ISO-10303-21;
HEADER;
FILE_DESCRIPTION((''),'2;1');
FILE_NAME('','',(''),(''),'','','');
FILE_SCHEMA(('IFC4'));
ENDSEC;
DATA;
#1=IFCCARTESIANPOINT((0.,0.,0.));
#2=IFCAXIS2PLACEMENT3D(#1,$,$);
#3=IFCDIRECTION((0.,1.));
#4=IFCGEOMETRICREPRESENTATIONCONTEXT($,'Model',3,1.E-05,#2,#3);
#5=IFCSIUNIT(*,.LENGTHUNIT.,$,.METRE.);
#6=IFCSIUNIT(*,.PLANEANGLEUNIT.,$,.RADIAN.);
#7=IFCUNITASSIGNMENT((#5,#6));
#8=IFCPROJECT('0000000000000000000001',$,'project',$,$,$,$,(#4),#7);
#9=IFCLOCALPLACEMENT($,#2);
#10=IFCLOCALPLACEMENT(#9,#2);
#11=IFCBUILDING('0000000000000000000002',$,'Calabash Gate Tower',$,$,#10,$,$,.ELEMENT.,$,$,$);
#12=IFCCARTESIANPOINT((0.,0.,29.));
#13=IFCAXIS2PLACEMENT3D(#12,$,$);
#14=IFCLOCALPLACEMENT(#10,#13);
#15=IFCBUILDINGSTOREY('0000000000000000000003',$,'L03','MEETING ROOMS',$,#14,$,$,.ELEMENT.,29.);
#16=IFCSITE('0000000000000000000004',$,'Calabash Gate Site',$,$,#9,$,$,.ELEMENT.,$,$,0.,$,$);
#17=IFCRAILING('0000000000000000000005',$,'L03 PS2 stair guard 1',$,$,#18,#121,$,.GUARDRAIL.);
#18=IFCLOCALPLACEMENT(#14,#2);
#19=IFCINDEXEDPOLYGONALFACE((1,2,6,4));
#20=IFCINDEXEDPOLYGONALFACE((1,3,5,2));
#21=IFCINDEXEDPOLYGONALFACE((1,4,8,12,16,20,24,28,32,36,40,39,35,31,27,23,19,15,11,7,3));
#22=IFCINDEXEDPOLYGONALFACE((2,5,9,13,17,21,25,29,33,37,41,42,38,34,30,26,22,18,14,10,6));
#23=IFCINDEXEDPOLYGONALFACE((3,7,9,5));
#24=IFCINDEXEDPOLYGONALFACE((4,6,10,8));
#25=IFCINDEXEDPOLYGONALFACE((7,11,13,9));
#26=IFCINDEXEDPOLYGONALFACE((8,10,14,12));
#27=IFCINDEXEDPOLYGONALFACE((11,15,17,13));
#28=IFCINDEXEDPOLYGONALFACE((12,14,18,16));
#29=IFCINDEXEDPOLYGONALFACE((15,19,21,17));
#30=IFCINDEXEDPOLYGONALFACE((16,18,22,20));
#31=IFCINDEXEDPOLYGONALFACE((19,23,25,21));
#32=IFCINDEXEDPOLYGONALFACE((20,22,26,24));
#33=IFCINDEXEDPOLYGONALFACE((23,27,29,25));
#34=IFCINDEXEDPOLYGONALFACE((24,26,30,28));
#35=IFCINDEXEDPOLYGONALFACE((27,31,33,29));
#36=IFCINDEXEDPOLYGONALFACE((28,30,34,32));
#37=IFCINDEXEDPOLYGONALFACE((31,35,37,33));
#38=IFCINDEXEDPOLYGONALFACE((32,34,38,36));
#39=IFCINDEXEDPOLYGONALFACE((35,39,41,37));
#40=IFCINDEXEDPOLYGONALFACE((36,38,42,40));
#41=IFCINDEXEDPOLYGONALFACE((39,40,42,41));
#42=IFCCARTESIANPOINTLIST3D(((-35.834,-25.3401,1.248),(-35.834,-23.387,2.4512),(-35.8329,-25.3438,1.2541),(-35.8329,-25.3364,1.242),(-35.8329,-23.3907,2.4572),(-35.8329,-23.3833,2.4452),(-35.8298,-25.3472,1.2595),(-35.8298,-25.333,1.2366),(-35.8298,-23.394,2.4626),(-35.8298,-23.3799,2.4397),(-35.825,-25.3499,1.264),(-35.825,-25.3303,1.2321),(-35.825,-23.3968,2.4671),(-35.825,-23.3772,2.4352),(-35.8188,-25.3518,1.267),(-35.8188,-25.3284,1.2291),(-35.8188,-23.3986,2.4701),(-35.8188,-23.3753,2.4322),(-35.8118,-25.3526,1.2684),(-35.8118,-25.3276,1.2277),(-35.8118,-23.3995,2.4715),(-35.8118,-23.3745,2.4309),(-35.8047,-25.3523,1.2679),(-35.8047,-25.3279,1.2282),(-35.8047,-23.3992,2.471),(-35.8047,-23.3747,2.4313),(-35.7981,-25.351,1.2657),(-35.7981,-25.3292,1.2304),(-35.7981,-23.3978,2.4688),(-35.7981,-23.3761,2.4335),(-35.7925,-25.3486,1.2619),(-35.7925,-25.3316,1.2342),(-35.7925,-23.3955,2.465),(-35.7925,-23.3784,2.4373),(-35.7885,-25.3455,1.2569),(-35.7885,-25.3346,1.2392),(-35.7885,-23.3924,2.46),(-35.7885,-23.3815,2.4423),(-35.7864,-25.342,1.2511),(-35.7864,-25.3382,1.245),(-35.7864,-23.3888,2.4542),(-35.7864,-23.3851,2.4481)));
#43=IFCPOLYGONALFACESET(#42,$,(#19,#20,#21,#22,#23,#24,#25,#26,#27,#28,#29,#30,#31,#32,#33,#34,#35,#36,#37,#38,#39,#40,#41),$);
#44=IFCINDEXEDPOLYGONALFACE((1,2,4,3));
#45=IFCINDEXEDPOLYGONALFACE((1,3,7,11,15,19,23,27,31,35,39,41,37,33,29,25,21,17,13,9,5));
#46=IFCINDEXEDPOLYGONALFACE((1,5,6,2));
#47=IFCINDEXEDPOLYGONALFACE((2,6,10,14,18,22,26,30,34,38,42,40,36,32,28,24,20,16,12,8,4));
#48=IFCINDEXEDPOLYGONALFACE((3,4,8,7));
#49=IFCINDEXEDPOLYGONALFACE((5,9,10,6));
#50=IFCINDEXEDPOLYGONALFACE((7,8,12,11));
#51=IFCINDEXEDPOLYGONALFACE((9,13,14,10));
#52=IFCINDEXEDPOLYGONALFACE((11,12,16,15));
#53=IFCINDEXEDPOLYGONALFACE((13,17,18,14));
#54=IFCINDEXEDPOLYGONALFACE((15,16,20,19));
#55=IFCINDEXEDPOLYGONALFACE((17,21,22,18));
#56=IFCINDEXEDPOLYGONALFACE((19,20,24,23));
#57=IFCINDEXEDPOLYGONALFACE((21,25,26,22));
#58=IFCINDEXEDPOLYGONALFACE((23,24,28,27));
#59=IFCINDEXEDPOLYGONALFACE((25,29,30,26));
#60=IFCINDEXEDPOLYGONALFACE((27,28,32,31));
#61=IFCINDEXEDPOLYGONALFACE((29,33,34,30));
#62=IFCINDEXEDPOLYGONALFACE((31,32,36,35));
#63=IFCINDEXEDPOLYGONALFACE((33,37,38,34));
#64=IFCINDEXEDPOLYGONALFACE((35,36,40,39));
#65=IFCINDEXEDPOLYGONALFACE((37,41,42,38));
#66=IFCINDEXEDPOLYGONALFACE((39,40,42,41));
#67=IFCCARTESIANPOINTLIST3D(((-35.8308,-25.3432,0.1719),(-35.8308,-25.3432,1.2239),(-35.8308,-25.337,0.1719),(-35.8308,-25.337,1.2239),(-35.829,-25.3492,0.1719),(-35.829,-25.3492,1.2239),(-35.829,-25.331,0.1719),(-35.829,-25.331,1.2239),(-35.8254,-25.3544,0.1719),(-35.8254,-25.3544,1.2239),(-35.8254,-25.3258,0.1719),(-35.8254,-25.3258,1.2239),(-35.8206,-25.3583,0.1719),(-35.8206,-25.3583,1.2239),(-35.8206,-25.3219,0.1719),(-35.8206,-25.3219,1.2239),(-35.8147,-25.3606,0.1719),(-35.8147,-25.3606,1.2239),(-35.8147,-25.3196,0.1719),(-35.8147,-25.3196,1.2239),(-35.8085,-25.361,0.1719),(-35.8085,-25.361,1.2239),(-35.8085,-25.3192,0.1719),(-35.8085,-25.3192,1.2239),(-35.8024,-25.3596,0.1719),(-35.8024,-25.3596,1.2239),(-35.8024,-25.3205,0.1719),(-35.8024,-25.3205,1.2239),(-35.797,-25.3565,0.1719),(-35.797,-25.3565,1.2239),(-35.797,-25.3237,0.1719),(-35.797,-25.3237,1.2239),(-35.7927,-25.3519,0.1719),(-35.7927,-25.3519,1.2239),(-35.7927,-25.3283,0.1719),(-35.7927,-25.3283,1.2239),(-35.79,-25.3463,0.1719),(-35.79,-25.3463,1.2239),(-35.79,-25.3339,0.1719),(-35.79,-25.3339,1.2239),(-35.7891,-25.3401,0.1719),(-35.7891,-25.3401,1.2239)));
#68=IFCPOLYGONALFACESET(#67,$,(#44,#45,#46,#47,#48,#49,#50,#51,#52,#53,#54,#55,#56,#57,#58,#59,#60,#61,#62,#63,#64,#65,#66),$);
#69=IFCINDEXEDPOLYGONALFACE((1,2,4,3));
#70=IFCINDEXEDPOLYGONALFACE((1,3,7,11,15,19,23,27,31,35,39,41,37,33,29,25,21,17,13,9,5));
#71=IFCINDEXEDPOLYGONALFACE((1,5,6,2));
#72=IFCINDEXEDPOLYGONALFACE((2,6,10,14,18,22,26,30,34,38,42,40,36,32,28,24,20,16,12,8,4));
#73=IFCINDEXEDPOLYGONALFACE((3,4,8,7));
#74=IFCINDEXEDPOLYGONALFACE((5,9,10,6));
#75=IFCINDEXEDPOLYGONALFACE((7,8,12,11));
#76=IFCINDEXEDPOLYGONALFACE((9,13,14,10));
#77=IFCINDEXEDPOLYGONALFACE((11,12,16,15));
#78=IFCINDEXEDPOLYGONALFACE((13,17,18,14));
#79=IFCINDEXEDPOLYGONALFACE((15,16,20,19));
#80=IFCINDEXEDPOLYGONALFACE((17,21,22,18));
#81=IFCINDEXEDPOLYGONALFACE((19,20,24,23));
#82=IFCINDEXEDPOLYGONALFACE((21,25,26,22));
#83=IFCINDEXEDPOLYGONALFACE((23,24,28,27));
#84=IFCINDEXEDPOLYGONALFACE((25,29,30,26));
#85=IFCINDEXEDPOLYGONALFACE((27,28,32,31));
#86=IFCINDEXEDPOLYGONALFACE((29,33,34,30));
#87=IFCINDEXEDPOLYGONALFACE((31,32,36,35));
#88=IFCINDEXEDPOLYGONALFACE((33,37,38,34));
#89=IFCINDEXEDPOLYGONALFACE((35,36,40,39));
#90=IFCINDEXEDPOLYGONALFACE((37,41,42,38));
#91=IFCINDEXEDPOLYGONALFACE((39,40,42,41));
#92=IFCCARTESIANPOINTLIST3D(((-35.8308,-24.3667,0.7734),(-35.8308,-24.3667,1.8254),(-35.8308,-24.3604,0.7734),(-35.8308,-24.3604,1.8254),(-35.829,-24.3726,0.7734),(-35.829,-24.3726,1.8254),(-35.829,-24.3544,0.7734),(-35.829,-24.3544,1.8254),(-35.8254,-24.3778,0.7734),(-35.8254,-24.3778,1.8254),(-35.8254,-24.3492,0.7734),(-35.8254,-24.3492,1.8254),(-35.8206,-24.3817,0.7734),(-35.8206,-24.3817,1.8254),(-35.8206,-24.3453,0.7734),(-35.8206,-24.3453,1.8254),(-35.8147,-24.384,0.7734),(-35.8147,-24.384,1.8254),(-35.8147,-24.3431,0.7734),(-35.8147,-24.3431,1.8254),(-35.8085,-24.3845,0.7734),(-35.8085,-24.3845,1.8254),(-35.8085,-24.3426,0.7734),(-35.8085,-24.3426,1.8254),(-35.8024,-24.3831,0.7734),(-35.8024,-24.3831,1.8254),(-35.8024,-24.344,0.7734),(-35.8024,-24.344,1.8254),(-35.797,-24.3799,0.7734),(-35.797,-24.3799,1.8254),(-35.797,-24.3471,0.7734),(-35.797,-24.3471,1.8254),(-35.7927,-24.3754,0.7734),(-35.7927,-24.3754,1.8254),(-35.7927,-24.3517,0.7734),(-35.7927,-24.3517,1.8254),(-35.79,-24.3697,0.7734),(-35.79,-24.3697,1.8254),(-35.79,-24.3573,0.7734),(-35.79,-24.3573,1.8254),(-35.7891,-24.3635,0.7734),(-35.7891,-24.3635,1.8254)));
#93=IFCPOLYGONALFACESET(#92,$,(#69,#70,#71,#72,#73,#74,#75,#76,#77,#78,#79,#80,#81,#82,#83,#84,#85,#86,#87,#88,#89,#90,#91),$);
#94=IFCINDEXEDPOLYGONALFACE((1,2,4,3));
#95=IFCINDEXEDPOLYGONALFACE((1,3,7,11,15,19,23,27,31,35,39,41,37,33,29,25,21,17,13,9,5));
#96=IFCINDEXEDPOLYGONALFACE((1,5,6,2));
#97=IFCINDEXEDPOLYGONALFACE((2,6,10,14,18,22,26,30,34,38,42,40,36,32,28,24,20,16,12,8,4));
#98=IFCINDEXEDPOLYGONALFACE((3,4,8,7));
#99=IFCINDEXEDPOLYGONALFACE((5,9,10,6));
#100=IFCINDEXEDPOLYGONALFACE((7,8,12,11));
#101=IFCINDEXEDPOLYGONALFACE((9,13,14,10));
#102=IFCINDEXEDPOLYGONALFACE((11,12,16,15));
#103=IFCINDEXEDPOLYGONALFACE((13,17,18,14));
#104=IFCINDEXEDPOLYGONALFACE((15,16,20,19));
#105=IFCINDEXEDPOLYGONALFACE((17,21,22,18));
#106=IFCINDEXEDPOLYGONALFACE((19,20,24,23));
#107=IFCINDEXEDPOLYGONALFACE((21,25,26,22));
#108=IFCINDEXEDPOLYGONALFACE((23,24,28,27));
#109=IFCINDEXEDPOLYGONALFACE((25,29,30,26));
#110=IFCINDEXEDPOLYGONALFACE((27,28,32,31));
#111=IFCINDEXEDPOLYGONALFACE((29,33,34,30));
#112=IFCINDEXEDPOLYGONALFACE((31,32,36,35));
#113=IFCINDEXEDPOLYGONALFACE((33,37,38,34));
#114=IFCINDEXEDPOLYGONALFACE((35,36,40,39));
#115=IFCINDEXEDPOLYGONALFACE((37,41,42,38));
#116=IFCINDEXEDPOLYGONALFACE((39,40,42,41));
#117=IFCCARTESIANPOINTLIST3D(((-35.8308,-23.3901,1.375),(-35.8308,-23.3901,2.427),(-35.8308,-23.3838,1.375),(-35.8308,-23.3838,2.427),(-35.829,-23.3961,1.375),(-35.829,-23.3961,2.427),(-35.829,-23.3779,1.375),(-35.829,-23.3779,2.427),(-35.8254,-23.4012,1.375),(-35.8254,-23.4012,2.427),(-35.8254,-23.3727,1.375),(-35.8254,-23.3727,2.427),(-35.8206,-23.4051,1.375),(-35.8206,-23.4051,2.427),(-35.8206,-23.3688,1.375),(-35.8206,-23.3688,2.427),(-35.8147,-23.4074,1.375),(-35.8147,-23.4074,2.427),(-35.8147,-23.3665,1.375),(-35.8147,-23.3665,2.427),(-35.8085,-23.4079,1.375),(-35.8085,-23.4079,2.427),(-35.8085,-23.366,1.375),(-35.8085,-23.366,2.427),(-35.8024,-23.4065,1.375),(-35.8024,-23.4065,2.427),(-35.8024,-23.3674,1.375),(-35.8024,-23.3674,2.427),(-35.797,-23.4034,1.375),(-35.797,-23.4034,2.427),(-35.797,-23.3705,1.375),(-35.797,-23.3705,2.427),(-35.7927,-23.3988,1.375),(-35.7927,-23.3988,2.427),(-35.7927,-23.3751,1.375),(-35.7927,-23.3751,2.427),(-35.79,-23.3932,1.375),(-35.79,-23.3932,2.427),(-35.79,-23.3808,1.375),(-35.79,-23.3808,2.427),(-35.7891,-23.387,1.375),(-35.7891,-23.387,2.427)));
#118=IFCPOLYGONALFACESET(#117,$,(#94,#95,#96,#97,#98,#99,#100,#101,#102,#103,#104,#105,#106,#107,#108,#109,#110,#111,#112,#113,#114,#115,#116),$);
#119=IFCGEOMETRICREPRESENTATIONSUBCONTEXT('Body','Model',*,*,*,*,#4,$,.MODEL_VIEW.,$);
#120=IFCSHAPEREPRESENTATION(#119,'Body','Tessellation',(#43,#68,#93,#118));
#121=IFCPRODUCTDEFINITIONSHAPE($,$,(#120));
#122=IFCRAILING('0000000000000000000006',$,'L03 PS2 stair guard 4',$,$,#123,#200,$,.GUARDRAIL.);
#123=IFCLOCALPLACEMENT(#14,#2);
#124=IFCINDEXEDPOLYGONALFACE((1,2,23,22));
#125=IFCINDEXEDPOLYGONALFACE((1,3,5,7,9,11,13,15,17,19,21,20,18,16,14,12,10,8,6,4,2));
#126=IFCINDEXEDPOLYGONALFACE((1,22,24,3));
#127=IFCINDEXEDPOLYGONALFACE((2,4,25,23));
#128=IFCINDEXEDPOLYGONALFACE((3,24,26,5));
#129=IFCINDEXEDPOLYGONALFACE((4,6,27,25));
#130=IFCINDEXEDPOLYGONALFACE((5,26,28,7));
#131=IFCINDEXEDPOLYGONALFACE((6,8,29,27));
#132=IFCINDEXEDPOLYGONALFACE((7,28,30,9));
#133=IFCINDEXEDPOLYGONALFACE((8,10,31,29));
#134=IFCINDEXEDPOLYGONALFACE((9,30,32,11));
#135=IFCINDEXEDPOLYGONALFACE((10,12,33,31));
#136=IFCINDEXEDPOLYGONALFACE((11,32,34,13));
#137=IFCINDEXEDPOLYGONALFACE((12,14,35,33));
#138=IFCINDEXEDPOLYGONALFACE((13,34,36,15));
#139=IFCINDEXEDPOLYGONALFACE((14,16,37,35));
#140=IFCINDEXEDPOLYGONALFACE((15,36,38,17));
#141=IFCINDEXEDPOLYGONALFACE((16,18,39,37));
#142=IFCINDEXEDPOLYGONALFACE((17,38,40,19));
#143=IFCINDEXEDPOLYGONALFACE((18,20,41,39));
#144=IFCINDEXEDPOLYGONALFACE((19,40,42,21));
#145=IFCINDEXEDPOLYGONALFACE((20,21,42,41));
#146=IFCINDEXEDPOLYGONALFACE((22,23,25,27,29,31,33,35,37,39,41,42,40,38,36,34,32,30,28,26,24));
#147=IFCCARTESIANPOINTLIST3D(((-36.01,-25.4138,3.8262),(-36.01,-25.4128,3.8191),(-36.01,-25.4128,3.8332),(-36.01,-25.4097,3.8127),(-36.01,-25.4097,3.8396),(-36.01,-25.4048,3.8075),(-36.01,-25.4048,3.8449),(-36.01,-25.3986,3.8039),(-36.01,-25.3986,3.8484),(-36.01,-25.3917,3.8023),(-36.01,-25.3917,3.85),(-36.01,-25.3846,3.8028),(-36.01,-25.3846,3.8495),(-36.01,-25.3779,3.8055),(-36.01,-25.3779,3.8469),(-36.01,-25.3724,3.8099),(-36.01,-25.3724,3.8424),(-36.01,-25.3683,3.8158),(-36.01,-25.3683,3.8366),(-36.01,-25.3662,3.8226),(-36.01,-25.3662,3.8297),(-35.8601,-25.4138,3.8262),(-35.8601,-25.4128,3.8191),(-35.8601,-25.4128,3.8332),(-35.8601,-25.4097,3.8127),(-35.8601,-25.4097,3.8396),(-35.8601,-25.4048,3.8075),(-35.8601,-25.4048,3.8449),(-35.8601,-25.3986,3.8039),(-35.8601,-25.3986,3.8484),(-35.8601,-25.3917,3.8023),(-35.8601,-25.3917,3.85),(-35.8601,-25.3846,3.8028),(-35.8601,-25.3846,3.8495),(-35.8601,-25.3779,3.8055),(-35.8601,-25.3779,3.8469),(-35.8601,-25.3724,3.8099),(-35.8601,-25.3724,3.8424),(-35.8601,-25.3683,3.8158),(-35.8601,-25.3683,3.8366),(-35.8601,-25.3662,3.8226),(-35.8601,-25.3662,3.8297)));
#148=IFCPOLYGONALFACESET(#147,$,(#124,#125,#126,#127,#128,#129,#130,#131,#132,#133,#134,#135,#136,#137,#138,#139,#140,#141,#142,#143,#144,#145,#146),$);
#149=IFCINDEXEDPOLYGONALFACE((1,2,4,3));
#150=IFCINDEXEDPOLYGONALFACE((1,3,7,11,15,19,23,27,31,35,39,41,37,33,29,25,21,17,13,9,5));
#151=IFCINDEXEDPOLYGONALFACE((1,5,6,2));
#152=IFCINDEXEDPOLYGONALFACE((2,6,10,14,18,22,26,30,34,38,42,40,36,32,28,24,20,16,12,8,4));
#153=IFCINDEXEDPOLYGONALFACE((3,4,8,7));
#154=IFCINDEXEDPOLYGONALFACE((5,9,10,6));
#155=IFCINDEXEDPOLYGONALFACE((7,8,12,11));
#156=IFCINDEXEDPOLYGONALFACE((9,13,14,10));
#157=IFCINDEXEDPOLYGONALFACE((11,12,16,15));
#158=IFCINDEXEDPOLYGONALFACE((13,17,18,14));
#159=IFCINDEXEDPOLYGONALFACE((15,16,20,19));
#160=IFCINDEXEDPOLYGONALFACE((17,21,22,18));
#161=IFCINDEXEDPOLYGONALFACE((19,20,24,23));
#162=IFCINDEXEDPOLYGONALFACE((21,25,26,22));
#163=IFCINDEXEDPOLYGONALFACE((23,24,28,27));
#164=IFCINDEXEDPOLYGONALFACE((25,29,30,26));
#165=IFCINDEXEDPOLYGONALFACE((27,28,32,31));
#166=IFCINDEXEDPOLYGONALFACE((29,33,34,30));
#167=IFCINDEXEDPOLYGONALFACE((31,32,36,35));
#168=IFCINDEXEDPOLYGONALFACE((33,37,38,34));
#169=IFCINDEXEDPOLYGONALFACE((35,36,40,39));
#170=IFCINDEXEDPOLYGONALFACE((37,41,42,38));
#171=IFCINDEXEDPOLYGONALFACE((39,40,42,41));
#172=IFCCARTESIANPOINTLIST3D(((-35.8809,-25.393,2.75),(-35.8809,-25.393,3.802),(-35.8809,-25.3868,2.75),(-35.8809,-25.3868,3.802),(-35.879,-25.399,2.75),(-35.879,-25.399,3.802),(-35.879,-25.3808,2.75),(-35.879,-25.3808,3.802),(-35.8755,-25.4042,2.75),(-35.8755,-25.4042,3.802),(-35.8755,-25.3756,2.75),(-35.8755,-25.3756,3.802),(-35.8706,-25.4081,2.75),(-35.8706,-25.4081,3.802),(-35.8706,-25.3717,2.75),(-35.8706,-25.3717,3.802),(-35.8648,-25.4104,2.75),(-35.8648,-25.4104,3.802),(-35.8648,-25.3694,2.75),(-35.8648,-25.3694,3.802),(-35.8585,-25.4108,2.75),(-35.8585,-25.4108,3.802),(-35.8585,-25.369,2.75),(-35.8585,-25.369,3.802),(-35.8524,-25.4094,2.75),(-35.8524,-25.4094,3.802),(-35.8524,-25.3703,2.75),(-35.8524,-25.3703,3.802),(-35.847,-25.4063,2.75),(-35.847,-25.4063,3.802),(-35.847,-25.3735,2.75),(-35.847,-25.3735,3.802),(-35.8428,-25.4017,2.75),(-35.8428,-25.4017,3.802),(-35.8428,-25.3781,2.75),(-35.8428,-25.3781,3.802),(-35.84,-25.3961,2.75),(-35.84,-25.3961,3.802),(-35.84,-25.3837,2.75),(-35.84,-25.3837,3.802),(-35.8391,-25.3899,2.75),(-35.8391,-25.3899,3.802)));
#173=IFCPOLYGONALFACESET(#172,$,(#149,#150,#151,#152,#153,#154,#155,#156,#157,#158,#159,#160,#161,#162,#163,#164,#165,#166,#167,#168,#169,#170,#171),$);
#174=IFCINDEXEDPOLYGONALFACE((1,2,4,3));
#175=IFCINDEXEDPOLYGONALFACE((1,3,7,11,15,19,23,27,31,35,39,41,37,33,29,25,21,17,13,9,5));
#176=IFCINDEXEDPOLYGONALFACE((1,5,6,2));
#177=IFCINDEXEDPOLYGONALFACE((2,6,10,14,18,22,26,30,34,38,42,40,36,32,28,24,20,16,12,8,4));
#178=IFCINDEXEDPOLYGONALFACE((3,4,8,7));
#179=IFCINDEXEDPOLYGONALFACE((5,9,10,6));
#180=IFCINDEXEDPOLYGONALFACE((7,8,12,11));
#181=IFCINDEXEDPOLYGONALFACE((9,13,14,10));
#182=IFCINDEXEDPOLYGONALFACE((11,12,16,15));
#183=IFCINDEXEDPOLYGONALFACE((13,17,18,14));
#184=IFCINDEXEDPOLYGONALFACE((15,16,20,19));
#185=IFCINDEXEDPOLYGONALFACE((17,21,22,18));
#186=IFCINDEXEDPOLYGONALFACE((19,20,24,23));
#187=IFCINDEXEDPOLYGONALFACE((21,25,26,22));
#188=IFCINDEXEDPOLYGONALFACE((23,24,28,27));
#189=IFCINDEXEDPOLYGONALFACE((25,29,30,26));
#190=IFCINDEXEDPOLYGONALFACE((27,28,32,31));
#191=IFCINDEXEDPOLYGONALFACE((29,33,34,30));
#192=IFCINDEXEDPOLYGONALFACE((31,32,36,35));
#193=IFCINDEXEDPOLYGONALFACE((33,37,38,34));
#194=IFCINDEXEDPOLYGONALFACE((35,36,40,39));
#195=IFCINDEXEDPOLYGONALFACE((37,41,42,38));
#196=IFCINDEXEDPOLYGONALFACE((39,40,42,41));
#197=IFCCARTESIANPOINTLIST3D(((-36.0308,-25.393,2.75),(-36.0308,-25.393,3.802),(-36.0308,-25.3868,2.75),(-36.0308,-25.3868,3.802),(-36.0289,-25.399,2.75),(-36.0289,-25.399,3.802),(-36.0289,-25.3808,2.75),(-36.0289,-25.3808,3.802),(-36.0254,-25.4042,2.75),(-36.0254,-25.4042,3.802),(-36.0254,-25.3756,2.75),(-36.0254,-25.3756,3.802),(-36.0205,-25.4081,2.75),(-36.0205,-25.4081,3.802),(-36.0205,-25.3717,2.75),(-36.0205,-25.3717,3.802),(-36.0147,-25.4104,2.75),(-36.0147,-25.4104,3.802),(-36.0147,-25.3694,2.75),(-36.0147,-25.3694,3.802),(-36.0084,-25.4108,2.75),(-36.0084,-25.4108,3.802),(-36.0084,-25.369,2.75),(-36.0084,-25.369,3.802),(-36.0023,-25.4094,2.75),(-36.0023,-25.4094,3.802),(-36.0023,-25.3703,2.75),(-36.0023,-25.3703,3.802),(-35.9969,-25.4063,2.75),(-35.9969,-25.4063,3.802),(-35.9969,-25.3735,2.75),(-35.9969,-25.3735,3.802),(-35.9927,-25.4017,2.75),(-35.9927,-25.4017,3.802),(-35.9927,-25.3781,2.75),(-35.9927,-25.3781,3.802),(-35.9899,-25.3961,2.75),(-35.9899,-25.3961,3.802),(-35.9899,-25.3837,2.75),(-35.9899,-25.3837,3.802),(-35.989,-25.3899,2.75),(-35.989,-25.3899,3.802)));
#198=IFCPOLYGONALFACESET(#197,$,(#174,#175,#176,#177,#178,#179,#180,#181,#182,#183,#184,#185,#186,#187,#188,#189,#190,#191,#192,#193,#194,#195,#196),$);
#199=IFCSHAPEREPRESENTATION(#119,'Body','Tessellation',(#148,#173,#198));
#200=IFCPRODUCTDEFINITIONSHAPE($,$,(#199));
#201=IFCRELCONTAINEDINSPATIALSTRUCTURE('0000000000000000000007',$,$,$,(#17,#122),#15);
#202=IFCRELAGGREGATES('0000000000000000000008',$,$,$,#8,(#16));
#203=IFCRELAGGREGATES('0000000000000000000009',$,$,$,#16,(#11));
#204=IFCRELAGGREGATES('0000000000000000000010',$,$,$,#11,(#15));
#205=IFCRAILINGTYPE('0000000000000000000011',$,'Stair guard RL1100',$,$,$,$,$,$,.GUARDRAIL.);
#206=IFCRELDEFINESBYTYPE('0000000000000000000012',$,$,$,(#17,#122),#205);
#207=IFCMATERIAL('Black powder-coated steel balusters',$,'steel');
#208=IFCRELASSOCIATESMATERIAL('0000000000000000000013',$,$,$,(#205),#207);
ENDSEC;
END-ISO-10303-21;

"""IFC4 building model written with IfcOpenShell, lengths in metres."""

from ifc_helpers import new_model, si_unit, direction, frame, origin, origin_2d, place, context, subcontext, project, spatial, circle, extrude, material, type_object, element, save


model = new_model("IFC4")

# Units and contexts
model_context = context("Model", 3, precision=1e-05, world=origin(), true_north=direction((0.0, 1.0)))
body_context = subcontext(model_context, "Body", "Model", "MODEL_VIEW")
ifc_project = project(units=[si_unit("LENGTHUNIT", "METRE"), si_unit("PLANEANGLEUNIT", "RADIAN")], contexts=[model_context])

# Site, building, storey
site_placement = place(None, origin())
site = spatial("IfcSite", under=ifc_project, at=site_placement, Name="Calabash Gate Site", CompositionType="ELEMENT", RefElevation=0.0)
building_placement = place(site_placement, origin())
building = spatial("IfcBuilding", under=site, at=building_placement, Name="Calabash Gate Tower", CompositionType="ELEMENT")
storey_placement = place(building_placement, frame((0.0, 0.0, 29.0)))
storey = spatial("IfcBuildingStorey", under=building, at=storey_placement, Name="L03", Description="MEETING ROOMS", CompositionType="ELEMENT", Elevation=29.0)

# Railings
ifc_material_1 = material(Name="Black powder-coated steel balusters", Category="steel")
railing_type_1 = type_object("IfcRailingType", Name="Stair guard RL1100", PredefinedType="GUARDRAIL", material=ifc_material_1)
railing_1_placement = place(storey_placement, frame((-35.8101, -25.3401, 0.1719)))
element("IfcRailing", 1, at=railing_1_placement, inside=storey, type_object=railing_type_1, Name="L03 PS2 stair guard 1", PredefinedType="GUARDRAIL", context=body_context, shape_type="SweptSolid", body=[
    extrude(circle(Radius=0.0239, at=origin_2d()), frame((0.0, 0.0, 1.0762), z_axis=(0.0, 0.851424, 0.524477), x_axis=(-1.0, 0.0, 0.0)), (0.0, 0.0, 1.0), 2.2939),
    extrude(circle(Radius=0.021, at=origin_2d()), origin(), (0.0, 0.0, 1.0), 1.052),
    extrude(circle(Radius=0.021, at=origin_2d()), frame((0.0, 0.9766, 0.6016)), (0.0, 0.0, 1.0), 1.052),
    extrude(circle(Radius=0.021, at=origin_2d()), frame((0.0, 1.9531, 1.2031)), (0.0, 0.0, 1.0), 1.052),
])
railing_2_placement = place(storey_placement, frame((-35.8601, -25.3899, 2.75)))
element("IfcRailing", 2, at=railing_2_placement, inside=storey, type_object=railing_type_1, Name="L03 PS2 stair guard 4", PredefinedType="GUARDRAIL", context=body_context, shape_type="SweptSolid", body=[
    extrude(circle(Radius=0.0239, at=origin_2d()), frame((0.0, 0.0, 1.0762), z_axis=(-1.0, 0.0, 0.0), x_axis=(0.0, -1.0, 0.0)), (0.0, 0.0, 1.0), 0.1499),
    extrude(circle(Radius=0.021, at=origin_2d()), origin(), (0.0, 0.0, 1.0), 1.052),
    extrude(circle(Radius=0.021, at=origin_2d()), frame((-0.1499, 0.0, 0.0)), (0.0, 0.0, 1.0), 1.052),
])

save(model, "model.ifc")
